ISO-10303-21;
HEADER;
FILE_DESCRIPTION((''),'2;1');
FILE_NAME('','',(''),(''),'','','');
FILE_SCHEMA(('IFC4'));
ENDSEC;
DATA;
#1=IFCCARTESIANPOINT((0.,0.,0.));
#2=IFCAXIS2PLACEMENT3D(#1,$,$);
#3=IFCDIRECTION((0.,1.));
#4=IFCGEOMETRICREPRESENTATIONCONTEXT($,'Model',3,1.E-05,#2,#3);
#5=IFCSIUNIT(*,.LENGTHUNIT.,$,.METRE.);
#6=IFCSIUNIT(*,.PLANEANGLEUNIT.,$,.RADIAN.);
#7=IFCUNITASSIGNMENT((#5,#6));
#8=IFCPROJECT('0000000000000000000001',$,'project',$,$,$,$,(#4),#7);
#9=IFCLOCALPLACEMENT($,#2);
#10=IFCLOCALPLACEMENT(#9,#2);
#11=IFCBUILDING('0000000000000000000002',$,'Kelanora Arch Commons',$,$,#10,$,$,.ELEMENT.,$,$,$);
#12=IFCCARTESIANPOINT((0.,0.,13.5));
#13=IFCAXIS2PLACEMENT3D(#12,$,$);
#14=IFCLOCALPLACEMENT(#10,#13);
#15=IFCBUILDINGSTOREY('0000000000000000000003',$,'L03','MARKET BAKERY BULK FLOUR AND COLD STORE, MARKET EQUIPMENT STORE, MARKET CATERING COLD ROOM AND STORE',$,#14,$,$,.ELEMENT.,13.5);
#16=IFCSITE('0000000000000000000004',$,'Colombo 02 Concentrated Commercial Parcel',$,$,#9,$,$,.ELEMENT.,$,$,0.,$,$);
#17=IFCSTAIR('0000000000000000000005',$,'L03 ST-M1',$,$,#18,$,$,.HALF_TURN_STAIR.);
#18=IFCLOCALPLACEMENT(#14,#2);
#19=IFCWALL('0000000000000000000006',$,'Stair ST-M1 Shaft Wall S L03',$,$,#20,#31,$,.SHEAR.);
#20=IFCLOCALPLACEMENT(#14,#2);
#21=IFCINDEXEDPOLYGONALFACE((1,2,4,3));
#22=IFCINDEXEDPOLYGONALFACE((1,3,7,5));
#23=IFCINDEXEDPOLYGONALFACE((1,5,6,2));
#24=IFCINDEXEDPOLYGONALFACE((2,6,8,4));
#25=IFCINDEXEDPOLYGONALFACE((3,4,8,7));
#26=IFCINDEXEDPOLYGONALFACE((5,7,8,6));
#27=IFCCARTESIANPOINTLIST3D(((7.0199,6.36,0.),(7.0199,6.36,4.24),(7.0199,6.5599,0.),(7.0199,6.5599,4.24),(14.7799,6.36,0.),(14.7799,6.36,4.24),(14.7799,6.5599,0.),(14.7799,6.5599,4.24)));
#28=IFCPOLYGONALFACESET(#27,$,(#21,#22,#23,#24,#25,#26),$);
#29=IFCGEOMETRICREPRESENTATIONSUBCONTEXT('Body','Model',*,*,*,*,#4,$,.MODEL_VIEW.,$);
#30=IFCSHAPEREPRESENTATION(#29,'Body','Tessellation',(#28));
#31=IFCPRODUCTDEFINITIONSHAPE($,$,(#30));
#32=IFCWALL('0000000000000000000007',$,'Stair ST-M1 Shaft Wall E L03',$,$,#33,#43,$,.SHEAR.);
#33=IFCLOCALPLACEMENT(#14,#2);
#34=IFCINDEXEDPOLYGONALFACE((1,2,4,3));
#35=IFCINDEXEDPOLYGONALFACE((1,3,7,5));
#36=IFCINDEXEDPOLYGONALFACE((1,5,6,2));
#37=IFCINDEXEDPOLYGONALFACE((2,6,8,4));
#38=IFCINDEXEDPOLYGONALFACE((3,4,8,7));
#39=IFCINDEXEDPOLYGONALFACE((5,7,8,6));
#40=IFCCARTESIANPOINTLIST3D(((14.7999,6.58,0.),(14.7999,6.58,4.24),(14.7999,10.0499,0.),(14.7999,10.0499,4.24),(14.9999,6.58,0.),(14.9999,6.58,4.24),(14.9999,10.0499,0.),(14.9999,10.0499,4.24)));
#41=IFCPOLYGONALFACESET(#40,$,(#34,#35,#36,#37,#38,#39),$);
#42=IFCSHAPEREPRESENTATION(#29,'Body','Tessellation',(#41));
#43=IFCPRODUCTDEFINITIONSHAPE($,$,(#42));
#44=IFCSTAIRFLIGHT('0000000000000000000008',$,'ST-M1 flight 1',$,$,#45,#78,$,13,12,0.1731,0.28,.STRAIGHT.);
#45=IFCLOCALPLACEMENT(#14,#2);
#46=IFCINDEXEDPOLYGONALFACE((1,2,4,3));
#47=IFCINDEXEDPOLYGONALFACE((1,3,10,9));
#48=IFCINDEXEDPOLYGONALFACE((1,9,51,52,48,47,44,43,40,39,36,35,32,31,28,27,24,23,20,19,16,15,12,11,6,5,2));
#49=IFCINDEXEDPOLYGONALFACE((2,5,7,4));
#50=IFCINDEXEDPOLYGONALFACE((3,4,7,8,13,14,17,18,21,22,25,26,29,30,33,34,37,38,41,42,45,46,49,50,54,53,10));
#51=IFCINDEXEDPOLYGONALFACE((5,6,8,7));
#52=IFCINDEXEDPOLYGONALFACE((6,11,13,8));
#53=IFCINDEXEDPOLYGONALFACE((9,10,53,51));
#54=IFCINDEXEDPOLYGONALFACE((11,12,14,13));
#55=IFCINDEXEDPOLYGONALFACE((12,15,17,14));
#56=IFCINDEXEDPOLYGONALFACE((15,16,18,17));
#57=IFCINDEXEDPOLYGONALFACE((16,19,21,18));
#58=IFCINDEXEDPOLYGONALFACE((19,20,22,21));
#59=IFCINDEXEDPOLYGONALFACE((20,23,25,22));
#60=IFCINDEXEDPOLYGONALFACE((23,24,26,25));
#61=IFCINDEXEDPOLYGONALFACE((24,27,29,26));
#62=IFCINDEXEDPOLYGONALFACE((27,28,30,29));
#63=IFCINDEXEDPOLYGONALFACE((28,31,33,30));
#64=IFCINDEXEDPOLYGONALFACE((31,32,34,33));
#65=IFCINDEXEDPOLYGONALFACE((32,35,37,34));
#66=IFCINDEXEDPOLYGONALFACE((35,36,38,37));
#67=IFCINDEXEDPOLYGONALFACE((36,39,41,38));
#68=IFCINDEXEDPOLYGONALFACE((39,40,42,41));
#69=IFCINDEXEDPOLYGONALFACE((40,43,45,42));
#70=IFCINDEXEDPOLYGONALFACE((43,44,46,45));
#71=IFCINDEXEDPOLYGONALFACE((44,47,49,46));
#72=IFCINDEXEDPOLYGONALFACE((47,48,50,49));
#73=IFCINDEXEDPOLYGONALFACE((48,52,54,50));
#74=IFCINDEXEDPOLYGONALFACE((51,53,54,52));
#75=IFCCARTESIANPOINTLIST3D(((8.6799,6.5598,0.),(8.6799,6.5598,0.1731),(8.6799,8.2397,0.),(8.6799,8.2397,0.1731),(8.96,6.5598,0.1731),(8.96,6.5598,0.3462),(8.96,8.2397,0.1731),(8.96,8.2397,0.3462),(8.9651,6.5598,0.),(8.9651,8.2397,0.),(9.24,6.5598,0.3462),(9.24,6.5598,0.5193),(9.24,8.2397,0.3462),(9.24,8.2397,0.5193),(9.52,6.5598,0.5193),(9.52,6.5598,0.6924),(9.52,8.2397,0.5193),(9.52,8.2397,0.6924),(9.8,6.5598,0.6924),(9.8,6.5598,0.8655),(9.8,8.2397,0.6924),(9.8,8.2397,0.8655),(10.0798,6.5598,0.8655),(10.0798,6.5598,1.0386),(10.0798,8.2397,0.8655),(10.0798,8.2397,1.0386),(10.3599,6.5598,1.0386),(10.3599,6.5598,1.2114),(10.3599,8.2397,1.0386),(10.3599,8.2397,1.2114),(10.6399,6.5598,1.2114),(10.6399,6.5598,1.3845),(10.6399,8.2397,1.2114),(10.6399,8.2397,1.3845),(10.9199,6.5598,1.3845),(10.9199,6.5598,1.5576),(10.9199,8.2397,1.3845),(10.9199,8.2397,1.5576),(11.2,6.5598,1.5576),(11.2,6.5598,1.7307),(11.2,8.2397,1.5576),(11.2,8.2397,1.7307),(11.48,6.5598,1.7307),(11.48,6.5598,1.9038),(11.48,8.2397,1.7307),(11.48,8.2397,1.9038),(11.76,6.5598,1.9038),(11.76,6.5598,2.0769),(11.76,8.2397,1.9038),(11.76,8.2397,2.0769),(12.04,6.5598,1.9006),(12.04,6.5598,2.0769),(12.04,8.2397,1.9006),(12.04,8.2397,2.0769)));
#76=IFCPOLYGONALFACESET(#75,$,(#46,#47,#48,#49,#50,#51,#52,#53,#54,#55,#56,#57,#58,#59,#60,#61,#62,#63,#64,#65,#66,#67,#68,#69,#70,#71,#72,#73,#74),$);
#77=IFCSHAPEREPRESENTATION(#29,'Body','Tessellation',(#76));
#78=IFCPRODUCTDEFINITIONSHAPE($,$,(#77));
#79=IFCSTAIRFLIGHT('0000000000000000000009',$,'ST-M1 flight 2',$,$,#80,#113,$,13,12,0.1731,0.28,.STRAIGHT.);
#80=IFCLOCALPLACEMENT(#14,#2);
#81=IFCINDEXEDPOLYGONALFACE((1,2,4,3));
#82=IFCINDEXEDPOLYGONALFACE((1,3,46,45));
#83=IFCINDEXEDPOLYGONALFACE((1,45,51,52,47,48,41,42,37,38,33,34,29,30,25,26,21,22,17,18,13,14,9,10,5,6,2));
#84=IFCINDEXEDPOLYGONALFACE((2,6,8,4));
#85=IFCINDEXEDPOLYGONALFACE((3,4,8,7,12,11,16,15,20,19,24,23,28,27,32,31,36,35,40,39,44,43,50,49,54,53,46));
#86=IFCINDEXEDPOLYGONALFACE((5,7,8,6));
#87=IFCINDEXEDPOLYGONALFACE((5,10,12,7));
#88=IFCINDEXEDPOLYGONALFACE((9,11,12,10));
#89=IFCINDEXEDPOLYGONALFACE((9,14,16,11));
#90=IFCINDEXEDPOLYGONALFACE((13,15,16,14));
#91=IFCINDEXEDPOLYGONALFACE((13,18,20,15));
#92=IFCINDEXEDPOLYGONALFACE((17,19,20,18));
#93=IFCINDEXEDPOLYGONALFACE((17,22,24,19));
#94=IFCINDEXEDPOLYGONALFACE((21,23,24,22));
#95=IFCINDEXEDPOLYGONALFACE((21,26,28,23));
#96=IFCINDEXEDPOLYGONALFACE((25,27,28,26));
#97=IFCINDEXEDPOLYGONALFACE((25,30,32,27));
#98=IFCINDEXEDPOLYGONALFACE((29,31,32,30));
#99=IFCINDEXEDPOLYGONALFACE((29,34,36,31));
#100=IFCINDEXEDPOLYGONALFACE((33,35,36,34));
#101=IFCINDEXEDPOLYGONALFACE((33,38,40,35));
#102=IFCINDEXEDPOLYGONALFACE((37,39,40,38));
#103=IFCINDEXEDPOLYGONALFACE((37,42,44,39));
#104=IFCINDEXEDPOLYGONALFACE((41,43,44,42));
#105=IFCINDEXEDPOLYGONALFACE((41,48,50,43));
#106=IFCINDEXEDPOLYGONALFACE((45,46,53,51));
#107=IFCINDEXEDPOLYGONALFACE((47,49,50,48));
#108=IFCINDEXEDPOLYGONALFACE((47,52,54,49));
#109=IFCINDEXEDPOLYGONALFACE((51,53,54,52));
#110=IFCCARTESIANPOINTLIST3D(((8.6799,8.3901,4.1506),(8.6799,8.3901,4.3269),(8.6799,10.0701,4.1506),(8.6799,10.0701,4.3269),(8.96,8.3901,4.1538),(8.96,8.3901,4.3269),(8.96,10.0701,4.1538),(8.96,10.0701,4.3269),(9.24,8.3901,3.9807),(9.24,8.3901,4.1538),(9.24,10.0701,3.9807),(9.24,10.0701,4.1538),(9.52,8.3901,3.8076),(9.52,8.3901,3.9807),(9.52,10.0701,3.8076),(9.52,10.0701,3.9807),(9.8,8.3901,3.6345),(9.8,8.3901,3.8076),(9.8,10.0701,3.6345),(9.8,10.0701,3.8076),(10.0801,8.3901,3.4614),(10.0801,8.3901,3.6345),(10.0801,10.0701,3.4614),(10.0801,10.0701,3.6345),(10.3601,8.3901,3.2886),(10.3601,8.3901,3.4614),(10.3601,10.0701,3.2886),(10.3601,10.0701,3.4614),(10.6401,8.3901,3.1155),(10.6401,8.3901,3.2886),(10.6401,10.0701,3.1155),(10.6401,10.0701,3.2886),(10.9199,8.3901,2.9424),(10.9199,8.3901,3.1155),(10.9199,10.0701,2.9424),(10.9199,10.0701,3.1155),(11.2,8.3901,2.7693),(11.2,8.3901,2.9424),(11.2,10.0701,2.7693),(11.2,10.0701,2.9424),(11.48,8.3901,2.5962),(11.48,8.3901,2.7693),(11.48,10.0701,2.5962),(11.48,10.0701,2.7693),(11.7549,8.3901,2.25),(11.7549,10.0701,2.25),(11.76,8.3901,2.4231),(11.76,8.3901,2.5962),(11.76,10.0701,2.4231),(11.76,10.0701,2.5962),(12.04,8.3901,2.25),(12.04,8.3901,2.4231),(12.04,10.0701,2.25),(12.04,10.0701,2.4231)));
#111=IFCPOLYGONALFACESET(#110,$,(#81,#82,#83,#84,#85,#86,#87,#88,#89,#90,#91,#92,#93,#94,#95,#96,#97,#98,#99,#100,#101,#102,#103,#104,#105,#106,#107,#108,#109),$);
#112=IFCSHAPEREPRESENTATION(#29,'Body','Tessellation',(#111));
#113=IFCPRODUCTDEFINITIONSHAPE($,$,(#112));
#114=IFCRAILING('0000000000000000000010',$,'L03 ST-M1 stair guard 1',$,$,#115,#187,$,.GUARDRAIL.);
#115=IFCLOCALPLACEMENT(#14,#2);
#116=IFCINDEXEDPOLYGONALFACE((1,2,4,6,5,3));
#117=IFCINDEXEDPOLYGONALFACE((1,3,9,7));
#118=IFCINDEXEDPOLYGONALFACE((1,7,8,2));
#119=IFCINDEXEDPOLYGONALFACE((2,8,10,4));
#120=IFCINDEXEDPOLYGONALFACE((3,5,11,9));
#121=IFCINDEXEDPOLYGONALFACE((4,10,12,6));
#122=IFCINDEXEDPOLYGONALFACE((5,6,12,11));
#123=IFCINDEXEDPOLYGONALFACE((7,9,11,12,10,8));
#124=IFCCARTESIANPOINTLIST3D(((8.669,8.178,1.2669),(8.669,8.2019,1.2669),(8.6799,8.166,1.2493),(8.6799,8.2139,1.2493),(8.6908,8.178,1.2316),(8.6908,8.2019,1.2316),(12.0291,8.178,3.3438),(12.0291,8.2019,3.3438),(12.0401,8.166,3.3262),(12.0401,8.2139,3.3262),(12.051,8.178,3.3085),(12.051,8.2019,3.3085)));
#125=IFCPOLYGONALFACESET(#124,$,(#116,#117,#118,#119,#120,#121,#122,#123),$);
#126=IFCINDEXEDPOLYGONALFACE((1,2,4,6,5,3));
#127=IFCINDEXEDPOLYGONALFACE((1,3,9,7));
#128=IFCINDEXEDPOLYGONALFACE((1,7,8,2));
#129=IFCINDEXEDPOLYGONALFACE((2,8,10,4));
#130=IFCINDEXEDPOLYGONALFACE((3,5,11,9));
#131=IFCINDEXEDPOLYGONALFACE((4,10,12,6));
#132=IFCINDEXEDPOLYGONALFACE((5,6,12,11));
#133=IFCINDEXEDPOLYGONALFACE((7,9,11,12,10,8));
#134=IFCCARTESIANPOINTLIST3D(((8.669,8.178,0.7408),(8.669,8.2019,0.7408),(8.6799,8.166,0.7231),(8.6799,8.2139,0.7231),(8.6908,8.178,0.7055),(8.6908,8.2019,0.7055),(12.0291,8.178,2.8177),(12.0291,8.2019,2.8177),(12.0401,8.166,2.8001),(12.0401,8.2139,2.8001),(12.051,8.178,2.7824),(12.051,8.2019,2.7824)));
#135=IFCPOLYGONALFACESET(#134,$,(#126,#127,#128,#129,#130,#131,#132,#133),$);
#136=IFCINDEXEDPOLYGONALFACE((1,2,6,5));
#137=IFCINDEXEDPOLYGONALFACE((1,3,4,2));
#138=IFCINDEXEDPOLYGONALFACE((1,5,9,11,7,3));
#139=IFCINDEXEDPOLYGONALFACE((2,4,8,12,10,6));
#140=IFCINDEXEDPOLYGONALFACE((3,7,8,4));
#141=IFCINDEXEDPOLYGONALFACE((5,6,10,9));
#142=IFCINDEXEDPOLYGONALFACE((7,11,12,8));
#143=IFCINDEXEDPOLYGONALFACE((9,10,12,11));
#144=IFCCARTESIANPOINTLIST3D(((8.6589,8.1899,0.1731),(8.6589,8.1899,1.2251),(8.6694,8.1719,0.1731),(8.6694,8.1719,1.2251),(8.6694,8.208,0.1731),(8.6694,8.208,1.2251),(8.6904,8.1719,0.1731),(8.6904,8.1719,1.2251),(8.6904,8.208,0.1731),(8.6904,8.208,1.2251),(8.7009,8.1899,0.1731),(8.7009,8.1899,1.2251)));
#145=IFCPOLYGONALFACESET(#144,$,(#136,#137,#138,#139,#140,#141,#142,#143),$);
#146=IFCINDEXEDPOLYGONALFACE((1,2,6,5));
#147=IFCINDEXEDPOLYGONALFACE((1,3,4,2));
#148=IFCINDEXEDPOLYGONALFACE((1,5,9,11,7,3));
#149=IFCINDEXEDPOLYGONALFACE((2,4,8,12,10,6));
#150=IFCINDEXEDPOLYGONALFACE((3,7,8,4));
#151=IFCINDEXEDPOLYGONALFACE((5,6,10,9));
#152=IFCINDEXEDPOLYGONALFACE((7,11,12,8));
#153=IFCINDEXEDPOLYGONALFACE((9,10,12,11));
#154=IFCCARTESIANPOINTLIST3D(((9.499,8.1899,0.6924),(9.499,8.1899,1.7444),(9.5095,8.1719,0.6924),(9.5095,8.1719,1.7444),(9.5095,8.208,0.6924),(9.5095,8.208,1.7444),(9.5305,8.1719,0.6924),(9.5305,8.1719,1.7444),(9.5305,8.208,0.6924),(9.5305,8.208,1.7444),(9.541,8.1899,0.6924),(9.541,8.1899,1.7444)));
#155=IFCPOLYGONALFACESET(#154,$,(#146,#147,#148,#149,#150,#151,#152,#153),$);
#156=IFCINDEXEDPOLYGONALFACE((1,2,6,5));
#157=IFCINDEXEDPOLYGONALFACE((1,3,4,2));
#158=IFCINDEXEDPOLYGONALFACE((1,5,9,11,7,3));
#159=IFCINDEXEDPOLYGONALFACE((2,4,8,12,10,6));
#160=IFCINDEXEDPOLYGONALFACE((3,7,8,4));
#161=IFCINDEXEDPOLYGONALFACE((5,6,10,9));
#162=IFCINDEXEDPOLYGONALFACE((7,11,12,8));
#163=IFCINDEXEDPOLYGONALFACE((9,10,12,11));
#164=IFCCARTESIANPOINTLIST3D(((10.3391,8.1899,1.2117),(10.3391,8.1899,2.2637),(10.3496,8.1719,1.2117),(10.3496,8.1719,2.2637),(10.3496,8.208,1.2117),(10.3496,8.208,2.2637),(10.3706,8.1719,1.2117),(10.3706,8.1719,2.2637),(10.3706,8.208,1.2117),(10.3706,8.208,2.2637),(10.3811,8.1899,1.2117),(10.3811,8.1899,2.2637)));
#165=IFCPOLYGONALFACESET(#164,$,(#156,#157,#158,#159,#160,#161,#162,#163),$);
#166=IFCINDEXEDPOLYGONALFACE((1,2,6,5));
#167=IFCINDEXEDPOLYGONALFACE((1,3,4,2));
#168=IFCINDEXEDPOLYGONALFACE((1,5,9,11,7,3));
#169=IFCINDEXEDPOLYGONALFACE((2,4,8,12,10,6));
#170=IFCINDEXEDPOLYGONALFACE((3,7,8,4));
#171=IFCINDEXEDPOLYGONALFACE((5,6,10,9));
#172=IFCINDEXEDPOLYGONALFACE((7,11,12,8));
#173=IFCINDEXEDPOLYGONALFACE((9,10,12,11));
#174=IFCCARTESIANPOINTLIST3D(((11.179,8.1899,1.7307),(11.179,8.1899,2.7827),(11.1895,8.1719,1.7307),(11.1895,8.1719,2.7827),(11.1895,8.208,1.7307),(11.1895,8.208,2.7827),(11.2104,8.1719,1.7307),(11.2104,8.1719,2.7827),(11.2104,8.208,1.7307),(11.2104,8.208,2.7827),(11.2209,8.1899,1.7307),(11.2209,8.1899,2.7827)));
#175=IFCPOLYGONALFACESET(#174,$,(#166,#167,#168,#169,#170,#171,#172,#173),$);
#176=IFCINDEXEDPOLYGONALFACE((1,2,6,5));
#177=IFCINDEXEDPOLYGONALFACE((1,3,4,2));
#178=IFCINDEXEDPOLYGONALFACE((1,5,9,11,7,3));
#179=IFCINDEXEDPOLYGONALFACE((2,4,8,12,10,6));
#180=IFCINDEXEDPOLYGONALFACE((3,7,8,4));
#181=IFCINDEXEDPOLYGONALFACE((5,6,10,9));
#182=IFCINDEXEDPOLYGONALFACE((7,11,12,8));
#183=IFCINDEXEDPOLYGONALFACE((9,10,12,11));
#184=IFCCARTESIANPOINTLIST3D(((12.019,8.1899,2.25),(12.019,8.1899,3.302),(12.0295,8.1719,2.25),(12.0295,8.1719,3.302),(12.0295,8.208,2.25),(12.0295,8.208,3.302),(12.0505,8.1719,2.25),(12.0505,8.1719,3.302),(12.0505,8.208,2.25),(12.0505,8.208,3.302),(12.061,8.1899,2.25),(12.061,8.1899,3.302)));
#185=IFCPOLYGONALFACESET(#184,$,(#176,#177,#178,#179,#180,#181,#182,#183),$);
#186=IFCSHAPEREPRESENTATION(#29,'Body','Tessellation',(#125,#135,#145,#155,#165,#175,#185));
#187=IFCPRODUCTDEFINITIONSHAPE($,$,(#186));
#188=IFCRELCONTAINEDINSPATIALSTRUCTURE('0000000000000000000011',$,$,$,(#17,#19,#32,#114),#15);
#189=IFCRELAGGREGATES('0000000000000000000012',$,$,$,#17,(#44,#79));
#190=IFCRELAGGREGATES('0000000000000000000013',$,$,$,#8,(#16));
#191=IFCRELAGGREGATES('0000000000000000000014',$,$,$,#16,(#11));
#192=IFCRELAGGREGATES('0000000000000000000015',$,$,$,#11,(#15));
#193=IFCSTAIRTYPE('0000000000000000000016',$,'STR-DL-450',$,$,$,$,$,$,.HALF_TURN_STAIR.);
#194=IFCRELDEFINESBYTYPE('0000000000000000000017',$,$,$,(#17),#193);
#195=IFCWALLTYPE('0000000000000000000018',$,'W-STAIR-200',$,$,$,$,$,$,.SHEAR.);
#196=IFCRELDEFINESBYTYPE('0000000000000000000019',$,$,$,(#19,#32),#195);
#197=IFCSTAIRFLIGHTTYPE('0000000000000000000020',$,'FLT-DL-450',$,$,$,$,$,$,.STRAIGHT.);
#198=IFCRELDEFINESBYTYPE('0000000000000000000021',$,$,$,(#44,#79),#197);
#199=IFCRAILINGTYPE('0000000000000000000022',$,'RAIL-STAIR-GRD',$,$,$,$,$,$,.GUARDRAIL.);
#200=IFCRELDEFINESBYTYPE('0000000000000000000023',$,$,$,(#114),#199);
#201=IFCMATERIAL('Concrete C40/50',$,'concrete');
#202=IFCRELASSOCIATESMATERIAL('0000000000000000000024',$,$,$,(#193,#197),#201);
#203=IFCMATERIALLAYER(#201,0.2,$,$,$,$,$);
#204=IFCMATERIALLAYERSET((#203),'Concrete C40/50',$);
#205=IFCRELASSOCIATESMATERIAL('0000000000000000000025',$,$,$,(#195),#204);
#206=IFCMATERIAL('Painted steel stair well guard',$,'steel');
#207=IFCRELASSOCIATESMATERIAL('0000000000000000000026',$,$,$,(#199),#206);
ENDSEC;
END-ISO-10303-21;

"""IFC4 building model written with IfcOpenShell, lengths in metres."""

from ifc_helpers import new_model, si_unit, direction, frame, frame_2d, origin, place, context, subcontext, project, spatial, polyline, rectangle, outline, extrude, material, layer, layer_set, type_object, element, aggregate, save


model = new_model("IFC4")

# Units and contexts
model_context = context("Model", 3, precision=1e-05, world=origin(), true_north=direction((0.0, 1.0)))
body_context = subcontext(model_context, "Body", "Model", "MODEL_VIEW")
ifc_project = project(units=[si_unit("LENGTHUNIT", "METRE"), si_unit("PLANEANGLEUNIT", "RADIAN")], contexts=[model_context])

# Site, building, storey
site_placement = place(None, origin())
site = spatial("IfcSite", under=ifc_project, at=site_placement, Name="Colombo 02 Concentrated Commercial Parcel", CompositionType="ELEMENT", RefElevation=0.0)
building_placement = place(site_placement, origin())
building = spatial("IfcBuilding", under=site, at=building_placement, Name="Kelanora Arch Commons", CompositionType="ELEMENT")
storey_placement = place(building_placement, frame((0.0, 0.0, 13.5)))
storey = spatial("IfcBuildingStorey", under=building, at=storey_placement, Name="L03", Description="MARKET BAKERY BULK FLOUR AND COLD STORE, MARKET EQUIPMENT STORE, MARKET CATERING COLD ROOM AND STORE", CompositionType="ELEMENT", Elevation=13.5)

# Shared definitions
ifc_material_1 = material(Name="Concrete C40/50", Category="concrete")

# Stair
stair_type = type_object("IfcStairType", Name="STR-DL-450", PredefinedType="HALF_TURN_STAIR", material=ifc_material_1)
stair_1_placement = place(storey_placement, origin())
stair_1 = element("IfcStair", 1, at=stair_1_placement, inside=storey, type_object=stair_type, Name="L03 ST-M1", PredefinedType="HALF_TURN_STAIR")

# Walls
ifc_layer_1 = layer(ifc_material_1, 0.2)
ifc_layer_set_1 = layer_set([ifc_layer_1], Name="Concrete C40/50")
wall_type_1 = type_object("IfcWallType", Name="W-STAIR-200", PredefinedType="SHEAR", material=ifc_layer_set_1)
wall_1_placement = place(storey_placement, frame((7.02, 6.46, 0.0), z_axis=(0.0, 0.0, 1.0), x_axis=(1.0, 0.0, 0.0)))
element("IfcWall", 2, at=wall_1_placement, inside=storey, type_object=wall_type_1, Name="Stair ST-M1 Shaft Wall S L03", PredefinedType="SHEAR", context=body_context, shape_type="SweptSolid", body=[
    extrude(rectangle(XDim=7.76, YDim=0.2, at=frame_2d((3.8799, 0.0))), origin(), (0.0, 0.0, 1.0), 4.24),
])
wall_2_placement = place(storey_placement, frame((14.8999, 6.5801, 0.0), z_axis=(0.0, 0.0, 1.0), x_axis=(0.0, 1.0, 0.0)))
element("IfcWall", 3, at=wall_2_placement, inside=storey, type_object=wall_type_1, Name="Stair ST-M1 Shaft Wall E L03", PredefinedType="SHEAR", context=body_context, shape_type="SweptSolid", body=[
    extrude(rectangle(XDim=3.47, YDim=0.2, at=frame_2d((1.7349, 0.0))), origin(), (0.0, 0.0, 1.0), 4.24),
])

# Stair flights
stair_flight_type = type_object("IfcStairFlightType", Name="FLT-DL-450", PredefinedType="STRAIGHT", material=ifc_material_1)
stair_flight_1_placement = place(storey_placement, frame((8.6799, 7.3999, 0.0), z_axis=(0.0, 0.0, 1.0), x_axis=(1.0, 0.0, 0.0)))
stair_flight_1 = element("IfcStairFlight", 4, at=stair_flight_1_placement, type_object=stair_flight_type, Name="ST-M1 flight 1", NumberOfRisers=13, NumberOfTreads=12, PredefinedType="STRAIGHT", RiserHeight=0.1731, TreadLength=0.28, context=body_context, shape_type="SweptSolid", body=[
    extrude(outline(polyline([(0.0, 0.0), (0.0, 0.1731), (0.28, 0.1731), (0.28, 0.3462), (0.5601, 0.3462), (0.5601, 0.5193), (0.8401, 0.5193), (0.8401, 0.6924), (1.1201, 0.6924), (1.1201, 0.8655), (1.3999, 0.8655), (1.3999, 1.0386), (1.6799, 1.0386), (1.6799, 1.2114), (1.96, 1.2114), (1.96, 1.3845), (2.24, 1.3845), (2.24, 1.5576), (2.52, 1.5576), (2.52, 1.7307), (2.8, 1.7307), (2.8, 1.9038), (3.0801, 1.9038), (3.0801, 2.0769), (3.3601, 2.0769), (3.3601, 2.25), (3.3601, 1.9006), (0.2852, 0.0), (0.0, 0.0)])), frame((0.0, 0.8398, 0.0), z_axis=(0.0, -1.0, 0.0), x_axis=(1.0, 0.0, 0.0)), (0.0, 0.0, 1.0), 1.6799),
])
stair_flight_2_placement = place(storey_placement, frame((12.04, 9.23, 2.25), z_axis=(0.0, 0.0, 1.0), x_axis=(-1.0, 0.0, 0.0)))
stair_flight_2 = element("IfcStairFlight", 5, at=stair_flight_2_placement, type_object=stair_flight_type, Name="ST-M1 flight 2", NumberOfRisers=13, NumberOfTreads=12, PredefinedType="STRAIGHT", RiserHeight=0.1731, TreadLength=0.28, context=body_context, shape_type="SweptSolid", body=[
    extrude(outline(polyline([(0.0, 0.0), (0.0, 0.1731), (0.28, 0.1731), (0.28, 0.3462), (0.5601, 0.3462), (0.5601, 0.5193), (0.8401, 0.5193), (0.8401, 0.6924), (1.1201, 0.6924), (1.1201, 0.8655), (1.3999, 0.8655), (1.3999, 1.0386), (1.6799, 1.0386), (1.6799, 1.2114), (1.96, 1.2114), (1.96, 1.3845), (2.24, 1.3845), (2.24, 1.5576), (2.52, 1.5576), (2.52, 1.7307), (2.8, 1.7307), (2.8, 1.9038), (3.0801, 1.9038), (3.0801, 2.0769), (3.3601, 2.0769), (3.3601, 2.25), (3.3601, 1.9006), (0.2852, 0.0), (0.0, 0.0)])), frame((0.0, 0.8398, 0.0), z_axis=(0.0, -1.0, 0.0), x_axis=(1.0, 0.0, 0.0)), (0.0, 0.0, 1.0), 1.6799),
])
aggregate(stair_1, [stair_flight_1, stair_flight_2])

# Railing
ifc_material_2 = material(Name="Painted steel stair well guard", Category="steel")
railing_type_1 = type_object("IfcRailingType", Name="RAIL-STAIR-GRD", PredefinedType="GUARDRAIL", material=ifc_material_2)
railing_1_placement = place(storey_placement, frame((8.6799, 8.1899, 0.1731)))
element("IfcRailing", 6, at=railing_1_placement, inside=storey, type_object=railing_type_1, Name="L03 ST-M1 stair guard 1", PredefinedType="GUARDRAIL", context=body_context, shape_type="SweptSolid", body=[
    extrude(outline(polyline([(0.0239, 0.0), (0.012, 0.0208), (-0.012, 0.0208), (-0.0239, 0.0), (-0.012, -0.0208), (0.012, -0.0208), (0.0239, 0.0)])), frame((0.0, 0.0, 1.0762), z_axis=(0.850623, 0.0, 0.525776), x_axis=(0.0, 1.0, 0.0)), (0.0, 0.0, 1.0), 3.9502),
    extrude(outline(polyline([(0.0239, 0.0), (0.012, 0.0208), (-0.012, 0.0208), (-0.0239, 0.0), (-0.012, -0.0208), (0.012, -0.0208), (0.0239, 0.0)])), frame((0.0, 0.0, 0.55), z_axis=(0.850623, 0.0, 0.525776), x_axis=(0.0, 1.0, 0.0)), (0.0, 0.0, 1.0), 3.9502),
    extrude(outline(polyline([(0.021, 0.0), (0.0105, 0.0181), (-0.0105, 0.0181), (-0.021, 0.0), (-0.0105, -0.0181), (0.0105, -0.0181), (0.021, 0.0)])), origin(), (0.0, 0.0, 1.0), 1.052),
    extrude(outline(polyline([(0.021, 0.0), (0.0105, 0.0181), (-0.0105, 0.0181), (-0.021, 0.0), (-0.0105, -0.0181), (0.0105, -0.0181), (0.021, 0.0)])), frame((0.8401, 0.0, 0.5193)), (0.0, 0.0, 1.0), 1.052),
    extrude(outline(polyline([(0.021, 0.0), (0.0105, 0.0181), (-0.0105, 0.0181), (-0.021, 0.0), (-0.0105, -0.0181), (0.0105, -0.0181), (0.021, 0.0)])), frame((1.6802, 0.0, 1.0386)), (0.0, 0.0, 1.0), 1.052),
    extrude(outline(polyline([(0.021, 0.0), (0.0105, 0.0181), (-0.0105, 0.0181), (-0.021, 0.0), (-0.0105, -0.0181), (0.0105, -0.0181), (0.021, 0.0)])), frame((2.52, 0.0, 1.5576)), (0.0, 0.0, 1.0), 1.052),
    extrude(outline(polyline([(0.021, 0.0), (0.0105, 0.0181), (-0.0105, 0.0181), (-0.021, 0.0), (-0.0105, -0.0181), (0.0105, -0.0181), (0.021, 0.0)])), frame((3.3601, 0.0, 2.0769)), (0.0, 0.0, 1.0), 1.052),
])

save(model, "model.ifc")
